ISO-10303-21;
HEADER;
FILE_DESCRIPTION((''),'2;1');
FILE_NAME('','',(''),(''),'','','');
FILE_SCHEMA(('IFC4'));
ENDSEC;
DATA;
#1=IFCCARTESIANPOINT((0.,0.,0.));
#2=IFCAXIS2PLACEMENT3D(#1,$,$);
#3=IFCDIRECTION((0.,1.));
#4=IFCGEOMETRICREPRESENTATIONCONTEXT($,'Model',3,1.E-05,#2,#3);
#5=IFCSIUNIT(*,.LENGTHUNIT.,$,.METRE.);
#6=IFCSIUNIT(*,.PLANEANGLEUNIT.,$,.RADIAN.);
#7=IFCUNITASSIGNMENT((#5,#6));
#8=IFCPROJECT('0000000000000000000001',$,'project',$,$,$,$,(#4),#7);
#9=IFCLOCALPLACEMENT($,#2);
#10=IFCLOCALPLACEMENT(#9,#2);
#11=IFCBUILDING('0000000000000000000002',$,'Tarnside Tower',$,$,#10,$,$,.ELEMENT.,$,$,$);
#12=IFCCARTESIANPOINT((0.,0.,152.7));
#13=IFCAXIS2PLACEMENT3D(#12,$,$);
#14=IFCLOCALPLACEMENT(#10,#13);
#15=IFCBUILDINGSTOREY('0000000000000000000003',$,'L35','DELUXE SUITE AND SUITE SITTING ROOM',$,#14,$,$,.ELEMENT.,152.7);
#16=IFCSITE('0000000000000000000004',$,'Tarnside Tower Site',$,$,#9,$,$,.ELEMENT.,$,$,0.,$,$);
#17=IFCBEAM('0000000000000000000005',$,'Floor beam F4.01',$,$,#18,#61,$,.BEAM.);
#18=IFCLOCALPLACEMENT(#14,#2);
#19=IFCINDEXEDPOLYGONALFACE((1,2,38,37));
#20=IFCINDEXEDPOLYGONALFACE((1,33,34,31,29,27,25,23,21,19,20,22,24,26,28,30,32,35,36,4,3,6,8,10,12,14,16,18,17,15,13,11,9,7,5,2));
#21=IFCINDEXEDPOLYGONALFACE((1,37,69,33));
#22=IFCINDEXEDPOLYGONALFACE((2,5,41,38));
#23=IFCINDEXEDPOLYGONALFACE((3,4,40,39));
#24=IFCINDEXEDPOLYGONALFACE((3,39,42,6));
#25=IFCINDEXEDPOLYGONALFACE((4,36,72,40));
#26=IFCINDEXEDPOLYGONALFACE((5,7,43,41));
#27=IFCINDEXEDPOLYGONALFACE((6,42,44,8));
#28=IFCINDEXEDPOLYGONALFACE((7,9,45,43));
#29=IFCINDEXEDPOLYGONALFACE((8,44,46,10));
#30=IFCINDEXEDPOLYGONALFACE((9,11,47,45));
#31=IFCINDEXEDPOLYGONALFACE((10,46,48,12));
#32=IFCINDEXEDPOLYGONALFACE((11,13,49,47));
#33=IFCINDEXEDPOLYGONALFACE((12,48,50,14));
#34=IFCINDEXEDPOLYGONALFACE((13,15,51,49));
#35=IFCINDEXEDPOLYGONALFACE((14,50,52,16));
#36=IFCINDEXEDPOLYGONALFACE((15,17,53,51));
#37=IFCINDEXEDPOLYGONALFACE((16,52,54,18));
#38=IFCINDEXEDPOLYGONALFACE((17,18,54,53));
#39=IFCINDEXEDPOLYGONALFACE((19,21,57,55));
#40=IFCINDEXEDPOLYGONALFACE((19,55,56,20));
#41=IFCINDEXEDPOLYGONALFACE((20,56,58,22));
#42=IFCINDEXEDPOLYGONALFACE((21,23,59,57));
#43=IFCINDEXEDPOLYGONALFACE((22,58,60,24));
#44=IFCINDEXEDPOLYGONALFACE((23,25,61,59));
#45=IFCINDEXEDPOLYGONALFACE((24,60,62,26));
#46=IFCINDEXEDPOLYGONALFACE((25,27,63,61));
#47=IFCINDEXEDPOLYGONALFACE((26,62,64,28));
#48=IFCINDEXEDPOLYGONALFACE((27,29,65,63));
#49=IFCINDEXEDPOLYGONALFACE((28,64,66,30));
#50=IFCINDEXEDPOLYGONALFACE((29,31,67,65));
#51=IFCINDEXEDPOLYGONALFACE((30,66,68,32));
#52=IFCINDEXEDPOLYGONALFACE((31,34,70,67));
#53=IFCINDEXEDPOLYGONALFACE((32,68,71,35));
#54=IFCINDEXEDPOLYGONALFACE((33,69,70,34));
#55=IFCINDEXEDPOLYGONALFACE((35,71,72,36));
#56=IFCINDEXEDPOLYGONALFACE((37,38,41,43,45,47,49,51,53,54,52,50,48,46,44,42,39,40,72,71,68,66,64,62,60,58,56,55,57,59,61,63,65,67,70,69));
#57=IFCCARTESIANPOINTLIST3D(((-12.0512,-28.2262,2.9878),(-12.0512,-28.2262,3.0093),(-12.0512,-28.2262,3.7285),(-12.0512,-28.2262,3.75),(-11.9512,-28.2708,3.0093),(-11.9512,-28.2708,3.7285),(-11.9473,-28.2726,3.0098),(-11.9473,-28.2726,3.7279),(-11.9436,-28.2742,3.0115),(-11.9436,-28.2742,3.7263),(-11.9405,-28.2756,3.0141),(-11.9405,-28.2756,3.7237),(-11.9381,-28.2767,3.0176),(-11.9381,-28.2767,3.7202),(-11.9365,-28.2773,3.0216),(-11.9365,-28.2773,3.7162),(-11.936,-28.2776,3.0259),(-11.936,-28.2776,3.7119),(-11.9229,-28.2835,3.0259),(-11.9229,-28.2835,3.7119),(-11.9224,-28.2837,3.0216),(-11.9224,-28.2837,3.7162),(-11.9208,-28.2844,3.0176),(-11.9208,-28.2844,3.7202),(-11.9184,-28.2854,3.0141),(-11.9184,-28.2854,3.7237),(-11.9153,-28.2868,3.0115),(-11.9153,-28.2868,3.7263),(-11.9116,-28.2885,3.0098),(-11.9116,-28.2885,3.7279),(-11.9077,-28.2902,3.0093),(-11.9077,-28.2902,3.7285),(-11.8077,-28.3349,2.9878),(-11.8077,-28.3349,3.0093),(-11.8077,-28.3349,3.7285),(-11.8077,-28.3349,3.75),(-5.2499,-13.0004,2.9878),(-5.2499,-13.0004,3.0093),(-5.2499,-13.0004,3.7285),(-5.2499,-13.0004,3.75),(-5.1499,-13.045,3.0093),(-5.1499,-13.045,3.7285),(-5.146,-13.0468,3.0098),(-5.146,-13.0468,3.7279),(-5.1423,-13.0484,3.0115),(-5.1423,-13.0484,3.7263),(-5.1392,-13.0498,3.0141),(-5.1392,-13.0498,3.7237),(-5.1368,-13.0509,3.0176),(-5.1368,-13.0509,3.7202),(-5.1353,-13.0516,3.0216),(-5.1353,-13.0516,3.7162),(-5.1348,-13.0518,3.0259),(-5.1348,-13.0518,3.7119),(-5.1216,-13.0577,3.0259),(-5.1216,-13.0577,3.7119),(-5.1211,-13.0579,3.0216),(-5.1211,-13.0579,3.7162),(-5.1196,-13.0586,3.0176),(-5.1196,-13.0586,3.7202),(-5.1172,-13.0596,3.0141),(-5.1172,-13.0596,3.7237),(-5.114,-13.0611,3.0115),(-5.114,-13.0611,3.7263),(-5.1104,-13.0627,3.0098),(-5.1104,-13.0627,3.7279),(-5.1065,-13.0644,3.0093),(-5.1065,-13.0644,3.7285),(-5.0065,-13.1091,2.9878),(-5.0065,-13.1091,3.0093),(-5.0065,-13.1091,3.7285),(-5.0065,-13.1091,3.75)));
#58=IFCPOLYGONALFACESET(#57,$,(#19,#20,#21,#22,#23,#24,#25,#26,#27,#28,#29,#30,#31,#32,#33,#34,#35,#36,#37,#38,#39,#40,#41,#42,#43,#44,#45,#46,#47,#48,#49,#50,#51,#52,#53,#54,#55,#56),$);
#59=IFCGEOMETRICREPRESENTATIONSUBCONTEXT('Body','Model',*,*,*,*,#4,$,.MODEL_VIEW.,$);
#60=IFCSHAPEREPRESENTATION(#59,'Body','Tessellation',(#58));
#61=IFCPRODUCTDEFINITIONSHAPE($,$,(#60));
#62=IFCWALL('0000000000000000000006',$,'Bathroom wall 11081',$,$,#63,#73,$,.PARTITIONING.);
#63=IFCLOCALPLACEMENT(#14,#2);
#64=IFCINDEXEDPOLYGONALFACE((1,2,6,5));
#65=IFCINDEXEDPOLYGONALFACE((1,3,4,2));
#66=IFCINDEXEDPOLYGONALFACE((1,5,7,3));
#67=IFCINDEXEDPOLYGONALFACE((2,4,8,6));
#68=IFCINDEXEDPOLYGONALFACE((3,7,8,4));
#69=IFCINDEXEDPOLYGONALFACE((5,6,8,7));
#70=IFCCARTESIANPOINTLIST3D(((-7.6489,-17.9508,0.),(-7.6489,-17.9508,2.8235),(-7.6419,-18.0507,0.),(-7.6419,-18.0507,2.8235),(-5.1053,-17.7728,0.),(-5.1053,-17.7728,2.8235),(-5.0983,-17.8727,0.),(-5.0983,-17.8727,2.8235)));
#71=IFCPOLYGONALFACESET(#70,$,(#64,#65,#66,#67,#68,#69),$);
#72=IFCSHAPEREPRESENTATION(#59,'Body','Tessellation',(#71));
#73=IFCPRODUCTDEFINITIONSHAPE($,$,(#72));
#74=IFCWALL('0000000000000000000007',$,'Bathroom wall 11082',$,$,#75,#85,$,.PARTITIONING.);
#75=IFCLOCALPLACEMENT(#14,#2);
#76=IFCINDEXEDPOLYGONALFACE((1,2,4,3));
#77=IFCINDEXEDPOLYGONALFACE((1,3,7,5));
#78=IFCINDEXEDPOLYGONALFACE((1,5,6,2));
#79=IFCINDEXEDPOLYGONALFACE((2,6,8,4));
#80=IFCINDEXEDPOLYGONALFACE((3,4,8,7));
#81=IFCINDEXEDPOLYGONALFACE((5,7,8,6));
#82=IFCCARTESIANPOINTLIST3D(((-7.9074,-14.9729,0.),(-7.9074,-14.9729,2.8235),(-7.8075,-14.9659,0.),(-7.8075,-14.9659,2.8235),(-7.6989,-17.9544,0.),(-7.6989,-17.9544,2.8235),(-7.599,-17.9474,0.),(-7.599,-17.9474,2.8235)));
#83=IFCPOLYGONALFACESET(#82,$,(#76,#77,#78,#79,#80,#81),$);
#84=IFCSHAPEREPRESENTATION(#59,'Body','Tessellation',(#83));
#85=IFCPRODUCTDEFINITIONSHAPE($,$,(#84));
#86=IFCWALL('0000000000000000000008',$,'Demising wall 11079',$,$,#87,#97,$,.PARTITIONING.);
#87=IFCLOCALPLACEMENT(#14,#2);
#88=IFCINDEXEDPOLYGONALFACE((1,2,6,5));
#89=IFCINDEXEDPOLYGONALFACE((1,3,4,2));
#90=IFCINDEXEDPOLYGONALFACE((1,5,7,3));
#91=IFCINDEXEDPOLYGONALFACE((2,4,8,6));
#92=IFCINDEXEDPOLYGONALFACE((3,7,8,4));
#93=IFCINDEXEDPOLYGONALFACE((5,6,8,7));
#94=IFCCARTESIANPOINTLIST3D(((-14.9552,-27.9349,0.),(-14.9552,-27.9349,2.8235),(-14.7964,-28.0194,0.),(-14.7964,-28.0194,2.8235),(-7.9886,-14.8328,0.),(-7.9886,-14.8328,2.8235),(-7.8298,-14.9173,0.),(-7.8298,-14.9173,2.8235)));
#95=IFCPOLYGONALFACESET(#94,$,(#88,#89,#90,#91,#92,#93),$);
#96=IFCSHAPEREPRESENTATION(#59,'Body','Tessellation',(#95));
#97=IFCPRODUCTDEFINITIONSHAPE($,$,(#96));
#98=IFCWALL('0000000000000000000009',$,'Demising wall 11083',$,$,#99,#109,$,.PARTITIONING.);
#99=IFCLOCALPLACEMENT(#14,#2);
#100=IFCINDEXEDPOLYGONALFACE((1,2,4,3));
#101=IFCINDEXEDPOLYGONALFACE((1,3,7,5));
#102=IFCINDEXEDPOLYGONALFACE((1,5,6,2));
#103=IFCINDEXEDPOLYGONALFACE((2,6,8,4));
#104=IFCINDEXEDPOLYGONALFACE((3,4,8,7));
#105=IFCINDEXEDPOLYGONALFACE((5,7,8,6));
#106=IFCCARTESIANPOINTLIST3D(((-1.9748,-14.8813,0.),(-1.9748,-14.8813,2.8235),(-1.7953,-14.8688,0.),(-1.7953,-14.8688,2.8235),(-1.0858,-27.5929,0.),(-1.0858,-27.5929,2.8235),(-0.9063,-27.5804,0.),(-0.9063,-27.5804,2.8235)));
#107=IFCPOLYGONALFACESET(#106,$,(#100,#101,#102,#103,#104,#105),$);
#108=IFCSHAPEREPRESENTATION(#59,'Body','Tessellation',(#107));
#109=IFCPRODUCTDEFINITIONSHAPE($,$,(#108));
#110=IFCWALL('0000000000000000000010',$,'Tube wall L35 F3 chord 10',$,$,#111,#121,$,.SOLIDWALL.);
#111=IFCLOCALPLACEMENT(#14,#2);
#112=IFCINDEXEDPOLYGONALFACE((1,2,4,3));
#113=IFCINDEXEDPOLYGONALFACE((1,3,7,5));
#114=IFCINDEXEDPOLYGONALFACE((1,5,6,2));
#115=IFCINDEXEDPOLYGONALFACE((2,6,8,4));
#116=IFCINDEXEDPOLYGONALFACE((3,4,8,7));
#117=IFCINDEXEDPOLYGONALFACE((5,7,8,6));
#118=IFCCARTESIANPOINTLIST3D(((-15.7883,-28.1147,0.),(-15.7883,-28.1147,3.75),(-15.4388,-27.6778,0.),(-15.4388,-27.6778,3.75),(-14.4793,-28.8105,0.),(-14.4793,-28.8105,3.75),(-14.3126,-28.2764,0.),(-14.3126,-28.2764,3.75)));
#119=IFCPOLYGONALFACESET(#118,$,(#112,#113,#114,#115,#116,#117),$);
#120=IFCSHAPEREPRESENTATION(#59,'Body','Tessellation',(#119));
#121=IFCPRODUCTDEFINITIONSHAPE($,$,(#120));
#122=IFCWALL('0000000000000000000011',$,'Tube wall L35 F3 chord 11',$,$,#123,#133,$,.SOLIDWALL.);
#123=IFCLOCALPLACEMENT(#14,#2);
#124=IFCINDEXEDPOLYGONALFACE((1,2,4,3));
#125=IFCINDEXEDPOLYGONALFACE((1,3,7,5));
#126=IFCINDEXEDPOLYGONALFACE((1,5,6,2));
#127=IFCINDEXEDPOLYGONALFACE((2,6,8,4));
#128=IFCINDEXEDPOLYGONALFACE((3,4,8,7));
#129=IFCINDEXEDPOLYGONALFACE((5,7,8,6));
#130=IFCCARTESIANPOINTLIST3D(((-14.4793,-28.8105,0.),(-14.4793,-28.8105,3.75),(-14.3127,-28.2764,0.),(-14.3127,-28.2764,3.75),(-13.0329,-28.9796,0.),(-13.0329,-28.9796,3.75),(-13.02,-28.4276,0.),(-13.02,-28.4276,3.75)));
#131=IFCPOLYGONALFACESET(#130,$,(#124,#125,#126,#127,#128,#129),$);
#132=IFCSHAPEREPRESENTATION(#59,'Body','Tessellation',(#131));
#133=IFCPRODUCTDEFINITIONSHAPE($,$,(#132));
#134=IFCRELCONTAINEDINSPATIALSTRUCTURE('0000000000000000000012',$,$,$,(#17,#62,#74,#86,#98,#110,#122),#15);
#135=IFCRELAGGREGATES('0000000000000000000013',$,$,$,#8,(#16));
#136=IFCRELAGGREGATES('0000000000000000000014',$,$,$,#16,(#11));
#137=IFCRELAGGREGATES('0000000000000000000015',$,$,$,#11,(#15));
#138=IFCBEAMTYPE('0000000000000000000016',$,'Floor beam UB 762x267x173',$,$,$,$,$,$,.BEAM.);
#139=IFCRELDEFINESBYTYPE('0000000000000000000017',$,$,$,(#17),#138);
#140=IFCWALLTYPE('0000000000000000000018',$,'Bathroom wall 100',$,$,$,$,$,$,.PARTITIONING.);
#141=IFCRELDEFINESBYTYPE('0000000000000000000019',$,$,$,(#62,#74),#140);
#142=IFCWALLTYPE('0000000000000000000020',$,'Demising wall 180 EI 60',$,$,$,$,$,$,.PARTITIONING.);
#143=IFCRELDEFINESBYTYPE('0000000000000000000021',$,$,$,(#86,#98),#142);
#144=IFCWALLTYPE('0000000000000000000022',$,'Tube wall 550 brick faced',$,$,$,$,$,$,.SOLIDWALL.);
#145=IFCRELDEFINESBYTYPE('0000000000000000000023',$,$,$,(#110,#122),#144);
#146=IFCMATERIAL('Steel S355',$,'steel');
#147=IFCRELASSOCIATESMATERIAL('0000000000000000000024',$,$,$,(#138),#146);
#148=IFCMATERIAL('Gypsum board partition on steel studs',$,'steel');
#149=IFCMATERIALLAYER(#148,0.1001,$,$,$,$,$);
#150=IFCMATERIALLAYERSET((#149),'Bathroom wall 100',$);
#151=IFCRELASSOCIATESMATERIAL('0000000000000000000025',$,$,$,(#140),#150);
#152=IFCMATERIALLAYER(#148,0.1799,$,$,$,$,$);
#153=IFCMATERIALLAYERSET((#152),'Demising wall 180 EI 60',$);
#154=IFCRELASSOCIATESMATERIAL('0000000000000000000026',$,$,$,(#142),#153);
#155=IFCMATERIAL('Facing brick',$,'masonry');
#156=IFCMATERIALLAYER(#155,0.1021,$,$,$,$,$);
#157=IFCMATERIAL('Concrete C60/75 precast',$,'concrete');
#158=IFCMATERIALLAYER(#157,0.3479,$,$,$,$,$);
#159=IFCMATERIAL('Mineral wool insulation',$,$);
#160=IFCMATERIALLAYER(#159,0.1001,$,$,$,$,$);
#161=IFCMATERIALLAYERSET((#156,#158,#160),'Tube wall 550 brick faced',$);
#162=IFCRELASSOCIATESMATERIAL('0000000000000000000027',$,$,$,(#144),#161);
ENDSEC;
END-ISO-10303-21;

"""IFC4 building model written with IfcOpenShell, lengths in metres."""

from ifc_helpers import new_model, si_unit, direction, frame, frame_2d, origin, origin_2d, place, context, subcontext, project, spatial, polyline, rectangle, i_section, outline, extrude, material, layer, layer_set, material_profile, profile_set, type_object, element, save


model = new_model("IFC4")

# Units and contexts
model_context = context("Model", 3, precision=1e-05, world=origin(), true_north=direction((0.0, 1.0)))
body_context = subcontext(model_context, "Body", "Model", "MODEL_VIEW")
ifc_project = project(units=[si_unit("LENGTHUNIT", "METRE"), si_unit("PLANEANGLEUNIT", "RADIAN")], contexts=[model_context])

# Site, building, storey
site_placement = place(None, origin())
site = spatial("IfcSite", under=ifc_project, at=site_placement, Name="Tarnside Tower Site", CompositionType="ELEMENT", RefElevation=0.0)
building_placement = place(site_placement, origin())
building = spatial("IfcBuilding", under=site, at=building_placement, Name="Tarnside Tower", CompositionType="ELEMENT")
storey_placement = place(building_placement, frame((0.0, 0.0, 152.7)))
storey = spatial("IfcBuildingStorey", under=building, at=storey_placement, Name="L35", Description="DELUXE SUITE AND SUITE SITTING ROOM", CompositionType="ELEMENT", Elevation=152.7)

# Beam
ifc_material_1 = material(Name="Steel S355", Category="steel")
ifc_material_profile_1 = material_profile(ifc_material_1, i_section(OverallWidth=0.2666, OverallDepth=0.7622, WebThickness=0.0144, FlangeThickness=0.0215, FilletRadius=0.0166, at=origin_2d()), Name="UB 762x267x173")
ifc_profile_set_1 = profile_set([ifc_material_profile_1], Name="Steel S355")
beam_type_1 = type_object("IfcBeamType", Name="Floor beam UB 762x267x173", PredefinedType="BEAM", material=ifc_profile_set_1)
beam_1_placement = place(storey_placement, frame((-11.9294, -28.2805, 3.3689), z_axis=(0.407852, 0.913048, 0.0), x_axis=(-0.913048, 0.407852, 0.0)))
element("IfcBeam", 1, at=beam_1_placement, inside=storey, type_object=beam_type_1, Name="Floor beam F4.01", PredefinedType="BEAM", context=body_context, shape_type="SweptSolid", body=[
    extrude(i_section(OverallWidth=0.2666, OverallDepth=0.7622, WebThickness=0.0144, FlangeThickness=0.0215, FilletRadius=0.0166, at=origin_2d()), origin(), (0.0, 0.0, 1.0), 16.6758),
])

# Walls
ifc_material_2 = material(Name="Gypsum board partition on steel studs", Category="steel")
ifc_layer_1 = layer(ifc_material_2, 0.1001)
ifc_layer_set_1 = layer_set([ifc_layer_1], Name="Bathroom wall 100")
wall_type_1 = type_object("IfcWallType", Name="Bathroom wall 100", PredefinedType="PARTITIONING", material=ifc_layer_set_1)
wall_1_placement = place(storey_placement, frame((-5.1018, -17.8228, 0.0), z_axis=(0.0, 0.0, 1.0), x_axis=(-0.997561, -0.069798, 0.0)))
element("IfcWall", 2, at=wall_1_placement, inside=storey, type_object=wall_type_1, Name="Bathroom wall 11081", PredefinedType="PARTITIONING", context=body_context, shape_type="SweptSolid", body=[
    extrude(rectangle(XDim=2.5498, YDim=0.1001, at=frame_2d((1.2749, 0.0))), origin(), (0.0, 0.0, 1.0), 2.8235),
])
wall_2_placement = place(storey_placement, frame((-7.6489, -17.9509, 0.0), z_axis=(0.0, 0.0, 1.0), x_axis=(-0.069761, 0.997564, 0.0)))
element("IfcWall", 3, at=wall_2_placement, inside=storey, type_object=wall_type_1, Name="Bathroom wall 11082", PredefinedType="PARTITIONING", context=body_context, shape_type="SweptSolid", body=[
    extrude(rectangle(XDim=2.9888, YDim=0.1001, at=frame_2d((1.4944, 0.0))), origin(), (0.0, 0.0, 1.0), 2.8235),
])
ifc_layer_2 = layer(ifc_material_2, 0.1799)
ifc_layer_set_2 = layer_set([ifc_layer_2], Name="Demising wall 180 EI 60")
wall_type_2 = type_object("IfcWallType", Name="Demising wall 180 EI 60", PredefinedType="PARTITIONING", material=ifc_layer_set_2)
wall_3_placement = place(storey_placement, frame((-14.8757, -27.9771, 0.0), z_axis=(0.0, 0.0, 1.0), x_axis=(0.469475, 0.882946, 0.0)))
element("IfcWall", 4, at=wall_3_placement, inside=storey, type_object=wall_type_2, Name="Demising wall 11079", PredefinedType="PARTITIONING", context=body_context, shape_type="SweptSolid", body=[
    extrude(rectangle(XDim=14.8391, YDim=0.1799, at=frame_2d((7.4194, 0.0))), origin(), (0.0, 0.0, 1.0), 2.8235),
])
wall_4_placement = place(storey_placement, frame((-0.9961, -27.5867, 0.0), z_axis=(0.0, 0.0, 1.0), x_axis=(-0.069759, 0.997564, 0.0)))
element("IfcWall", 5, at=wall_4_placement, inside=storey, type_object=wall_type_2, Name="Demising wall 11083", PredefinedType="PARTITIONING", context=body_context, shape_type="SweptSolid", body=[
    extrude(rectangle(XDim=12.7427, YDim=0.1799, at=frame_2d((6.3713, 0.0))), origin(), (0.0, 0.0, 1.0), 2.8235),
])
ifc_material_3 = material(Name="Facing brick", Category="masonry")
ifc_layer_3 = layer(ifc_material_3, 0.1021)
ifc_material_4 = material(Name="Concrete C60/75 precast", Category="concrete")
ifc_layer_4 = layer(ifc_material_4, 0.3479)
ifc_material_5 = material(Name="Mineral wool insulation")
ifc_layer_5 = layer(ifc_material_5, 0.1001)
ifc_layer_set_3 = layer_set([ifc_layer_3, ifc_layer_4, ifc_layer_5], Name="Tube wall 550 brick faced")
wall_type_3 = type_object("IfcWallType", Name="Tube wall 550 brick faced", PredefinedType="SOLIDWALL", material=ifc_layer_set_3)
wall_5_placement = place(storey_placement, frame((-15.6135, -27.8962, 0.0), z_axis=(0.0, 0.0, 1.0), x_axis=(0.882994, -0.469384, 0.0)))
element("IfcWall", 6, at=wall_5_placement, inside=storey, type_object=wall_type_3, Name="Tube wall L35 F3 chord 10", PredefinedType="SOLIDWALL", context=body_context, shape_type="SweptSolid", body=[
    extrude(outline(polyline([(-0.0518, -0.2749), (1.4307, -0.2749), (1.3271, 0.2749), (0.0518, 0.2749), (-0.0518, -0.2749)])), origin(), (0.0, 0.0, 1.0), 3.75),
])
wall_6_placement = place(storey_placement, frame((-14.396, -28.5435, 0.0), z_axis=(0.0, 0.0, 1.0), x_axis=(0.993233, -0.116143, 0.0)))
element("IfcWall", 7, at=wall_6_placement, inside=storey, type_object=wall_type_3, Name="Tube wall L35 F3 chord 11", PredefinedType="SOLIDWALL", context=body_context, shape_type="SweptSolid", body=[
    extrude(outline(polyline([(-0.0518, -0.2749), (1.4045, -0.2749), (1.3533, 0.2749), (0.0518, 0.2749), (-0.0518, -0.2749)])), origin(), (0.0, 0.0, 1.0), 3.75),
])

save(model, "model.ifc")
